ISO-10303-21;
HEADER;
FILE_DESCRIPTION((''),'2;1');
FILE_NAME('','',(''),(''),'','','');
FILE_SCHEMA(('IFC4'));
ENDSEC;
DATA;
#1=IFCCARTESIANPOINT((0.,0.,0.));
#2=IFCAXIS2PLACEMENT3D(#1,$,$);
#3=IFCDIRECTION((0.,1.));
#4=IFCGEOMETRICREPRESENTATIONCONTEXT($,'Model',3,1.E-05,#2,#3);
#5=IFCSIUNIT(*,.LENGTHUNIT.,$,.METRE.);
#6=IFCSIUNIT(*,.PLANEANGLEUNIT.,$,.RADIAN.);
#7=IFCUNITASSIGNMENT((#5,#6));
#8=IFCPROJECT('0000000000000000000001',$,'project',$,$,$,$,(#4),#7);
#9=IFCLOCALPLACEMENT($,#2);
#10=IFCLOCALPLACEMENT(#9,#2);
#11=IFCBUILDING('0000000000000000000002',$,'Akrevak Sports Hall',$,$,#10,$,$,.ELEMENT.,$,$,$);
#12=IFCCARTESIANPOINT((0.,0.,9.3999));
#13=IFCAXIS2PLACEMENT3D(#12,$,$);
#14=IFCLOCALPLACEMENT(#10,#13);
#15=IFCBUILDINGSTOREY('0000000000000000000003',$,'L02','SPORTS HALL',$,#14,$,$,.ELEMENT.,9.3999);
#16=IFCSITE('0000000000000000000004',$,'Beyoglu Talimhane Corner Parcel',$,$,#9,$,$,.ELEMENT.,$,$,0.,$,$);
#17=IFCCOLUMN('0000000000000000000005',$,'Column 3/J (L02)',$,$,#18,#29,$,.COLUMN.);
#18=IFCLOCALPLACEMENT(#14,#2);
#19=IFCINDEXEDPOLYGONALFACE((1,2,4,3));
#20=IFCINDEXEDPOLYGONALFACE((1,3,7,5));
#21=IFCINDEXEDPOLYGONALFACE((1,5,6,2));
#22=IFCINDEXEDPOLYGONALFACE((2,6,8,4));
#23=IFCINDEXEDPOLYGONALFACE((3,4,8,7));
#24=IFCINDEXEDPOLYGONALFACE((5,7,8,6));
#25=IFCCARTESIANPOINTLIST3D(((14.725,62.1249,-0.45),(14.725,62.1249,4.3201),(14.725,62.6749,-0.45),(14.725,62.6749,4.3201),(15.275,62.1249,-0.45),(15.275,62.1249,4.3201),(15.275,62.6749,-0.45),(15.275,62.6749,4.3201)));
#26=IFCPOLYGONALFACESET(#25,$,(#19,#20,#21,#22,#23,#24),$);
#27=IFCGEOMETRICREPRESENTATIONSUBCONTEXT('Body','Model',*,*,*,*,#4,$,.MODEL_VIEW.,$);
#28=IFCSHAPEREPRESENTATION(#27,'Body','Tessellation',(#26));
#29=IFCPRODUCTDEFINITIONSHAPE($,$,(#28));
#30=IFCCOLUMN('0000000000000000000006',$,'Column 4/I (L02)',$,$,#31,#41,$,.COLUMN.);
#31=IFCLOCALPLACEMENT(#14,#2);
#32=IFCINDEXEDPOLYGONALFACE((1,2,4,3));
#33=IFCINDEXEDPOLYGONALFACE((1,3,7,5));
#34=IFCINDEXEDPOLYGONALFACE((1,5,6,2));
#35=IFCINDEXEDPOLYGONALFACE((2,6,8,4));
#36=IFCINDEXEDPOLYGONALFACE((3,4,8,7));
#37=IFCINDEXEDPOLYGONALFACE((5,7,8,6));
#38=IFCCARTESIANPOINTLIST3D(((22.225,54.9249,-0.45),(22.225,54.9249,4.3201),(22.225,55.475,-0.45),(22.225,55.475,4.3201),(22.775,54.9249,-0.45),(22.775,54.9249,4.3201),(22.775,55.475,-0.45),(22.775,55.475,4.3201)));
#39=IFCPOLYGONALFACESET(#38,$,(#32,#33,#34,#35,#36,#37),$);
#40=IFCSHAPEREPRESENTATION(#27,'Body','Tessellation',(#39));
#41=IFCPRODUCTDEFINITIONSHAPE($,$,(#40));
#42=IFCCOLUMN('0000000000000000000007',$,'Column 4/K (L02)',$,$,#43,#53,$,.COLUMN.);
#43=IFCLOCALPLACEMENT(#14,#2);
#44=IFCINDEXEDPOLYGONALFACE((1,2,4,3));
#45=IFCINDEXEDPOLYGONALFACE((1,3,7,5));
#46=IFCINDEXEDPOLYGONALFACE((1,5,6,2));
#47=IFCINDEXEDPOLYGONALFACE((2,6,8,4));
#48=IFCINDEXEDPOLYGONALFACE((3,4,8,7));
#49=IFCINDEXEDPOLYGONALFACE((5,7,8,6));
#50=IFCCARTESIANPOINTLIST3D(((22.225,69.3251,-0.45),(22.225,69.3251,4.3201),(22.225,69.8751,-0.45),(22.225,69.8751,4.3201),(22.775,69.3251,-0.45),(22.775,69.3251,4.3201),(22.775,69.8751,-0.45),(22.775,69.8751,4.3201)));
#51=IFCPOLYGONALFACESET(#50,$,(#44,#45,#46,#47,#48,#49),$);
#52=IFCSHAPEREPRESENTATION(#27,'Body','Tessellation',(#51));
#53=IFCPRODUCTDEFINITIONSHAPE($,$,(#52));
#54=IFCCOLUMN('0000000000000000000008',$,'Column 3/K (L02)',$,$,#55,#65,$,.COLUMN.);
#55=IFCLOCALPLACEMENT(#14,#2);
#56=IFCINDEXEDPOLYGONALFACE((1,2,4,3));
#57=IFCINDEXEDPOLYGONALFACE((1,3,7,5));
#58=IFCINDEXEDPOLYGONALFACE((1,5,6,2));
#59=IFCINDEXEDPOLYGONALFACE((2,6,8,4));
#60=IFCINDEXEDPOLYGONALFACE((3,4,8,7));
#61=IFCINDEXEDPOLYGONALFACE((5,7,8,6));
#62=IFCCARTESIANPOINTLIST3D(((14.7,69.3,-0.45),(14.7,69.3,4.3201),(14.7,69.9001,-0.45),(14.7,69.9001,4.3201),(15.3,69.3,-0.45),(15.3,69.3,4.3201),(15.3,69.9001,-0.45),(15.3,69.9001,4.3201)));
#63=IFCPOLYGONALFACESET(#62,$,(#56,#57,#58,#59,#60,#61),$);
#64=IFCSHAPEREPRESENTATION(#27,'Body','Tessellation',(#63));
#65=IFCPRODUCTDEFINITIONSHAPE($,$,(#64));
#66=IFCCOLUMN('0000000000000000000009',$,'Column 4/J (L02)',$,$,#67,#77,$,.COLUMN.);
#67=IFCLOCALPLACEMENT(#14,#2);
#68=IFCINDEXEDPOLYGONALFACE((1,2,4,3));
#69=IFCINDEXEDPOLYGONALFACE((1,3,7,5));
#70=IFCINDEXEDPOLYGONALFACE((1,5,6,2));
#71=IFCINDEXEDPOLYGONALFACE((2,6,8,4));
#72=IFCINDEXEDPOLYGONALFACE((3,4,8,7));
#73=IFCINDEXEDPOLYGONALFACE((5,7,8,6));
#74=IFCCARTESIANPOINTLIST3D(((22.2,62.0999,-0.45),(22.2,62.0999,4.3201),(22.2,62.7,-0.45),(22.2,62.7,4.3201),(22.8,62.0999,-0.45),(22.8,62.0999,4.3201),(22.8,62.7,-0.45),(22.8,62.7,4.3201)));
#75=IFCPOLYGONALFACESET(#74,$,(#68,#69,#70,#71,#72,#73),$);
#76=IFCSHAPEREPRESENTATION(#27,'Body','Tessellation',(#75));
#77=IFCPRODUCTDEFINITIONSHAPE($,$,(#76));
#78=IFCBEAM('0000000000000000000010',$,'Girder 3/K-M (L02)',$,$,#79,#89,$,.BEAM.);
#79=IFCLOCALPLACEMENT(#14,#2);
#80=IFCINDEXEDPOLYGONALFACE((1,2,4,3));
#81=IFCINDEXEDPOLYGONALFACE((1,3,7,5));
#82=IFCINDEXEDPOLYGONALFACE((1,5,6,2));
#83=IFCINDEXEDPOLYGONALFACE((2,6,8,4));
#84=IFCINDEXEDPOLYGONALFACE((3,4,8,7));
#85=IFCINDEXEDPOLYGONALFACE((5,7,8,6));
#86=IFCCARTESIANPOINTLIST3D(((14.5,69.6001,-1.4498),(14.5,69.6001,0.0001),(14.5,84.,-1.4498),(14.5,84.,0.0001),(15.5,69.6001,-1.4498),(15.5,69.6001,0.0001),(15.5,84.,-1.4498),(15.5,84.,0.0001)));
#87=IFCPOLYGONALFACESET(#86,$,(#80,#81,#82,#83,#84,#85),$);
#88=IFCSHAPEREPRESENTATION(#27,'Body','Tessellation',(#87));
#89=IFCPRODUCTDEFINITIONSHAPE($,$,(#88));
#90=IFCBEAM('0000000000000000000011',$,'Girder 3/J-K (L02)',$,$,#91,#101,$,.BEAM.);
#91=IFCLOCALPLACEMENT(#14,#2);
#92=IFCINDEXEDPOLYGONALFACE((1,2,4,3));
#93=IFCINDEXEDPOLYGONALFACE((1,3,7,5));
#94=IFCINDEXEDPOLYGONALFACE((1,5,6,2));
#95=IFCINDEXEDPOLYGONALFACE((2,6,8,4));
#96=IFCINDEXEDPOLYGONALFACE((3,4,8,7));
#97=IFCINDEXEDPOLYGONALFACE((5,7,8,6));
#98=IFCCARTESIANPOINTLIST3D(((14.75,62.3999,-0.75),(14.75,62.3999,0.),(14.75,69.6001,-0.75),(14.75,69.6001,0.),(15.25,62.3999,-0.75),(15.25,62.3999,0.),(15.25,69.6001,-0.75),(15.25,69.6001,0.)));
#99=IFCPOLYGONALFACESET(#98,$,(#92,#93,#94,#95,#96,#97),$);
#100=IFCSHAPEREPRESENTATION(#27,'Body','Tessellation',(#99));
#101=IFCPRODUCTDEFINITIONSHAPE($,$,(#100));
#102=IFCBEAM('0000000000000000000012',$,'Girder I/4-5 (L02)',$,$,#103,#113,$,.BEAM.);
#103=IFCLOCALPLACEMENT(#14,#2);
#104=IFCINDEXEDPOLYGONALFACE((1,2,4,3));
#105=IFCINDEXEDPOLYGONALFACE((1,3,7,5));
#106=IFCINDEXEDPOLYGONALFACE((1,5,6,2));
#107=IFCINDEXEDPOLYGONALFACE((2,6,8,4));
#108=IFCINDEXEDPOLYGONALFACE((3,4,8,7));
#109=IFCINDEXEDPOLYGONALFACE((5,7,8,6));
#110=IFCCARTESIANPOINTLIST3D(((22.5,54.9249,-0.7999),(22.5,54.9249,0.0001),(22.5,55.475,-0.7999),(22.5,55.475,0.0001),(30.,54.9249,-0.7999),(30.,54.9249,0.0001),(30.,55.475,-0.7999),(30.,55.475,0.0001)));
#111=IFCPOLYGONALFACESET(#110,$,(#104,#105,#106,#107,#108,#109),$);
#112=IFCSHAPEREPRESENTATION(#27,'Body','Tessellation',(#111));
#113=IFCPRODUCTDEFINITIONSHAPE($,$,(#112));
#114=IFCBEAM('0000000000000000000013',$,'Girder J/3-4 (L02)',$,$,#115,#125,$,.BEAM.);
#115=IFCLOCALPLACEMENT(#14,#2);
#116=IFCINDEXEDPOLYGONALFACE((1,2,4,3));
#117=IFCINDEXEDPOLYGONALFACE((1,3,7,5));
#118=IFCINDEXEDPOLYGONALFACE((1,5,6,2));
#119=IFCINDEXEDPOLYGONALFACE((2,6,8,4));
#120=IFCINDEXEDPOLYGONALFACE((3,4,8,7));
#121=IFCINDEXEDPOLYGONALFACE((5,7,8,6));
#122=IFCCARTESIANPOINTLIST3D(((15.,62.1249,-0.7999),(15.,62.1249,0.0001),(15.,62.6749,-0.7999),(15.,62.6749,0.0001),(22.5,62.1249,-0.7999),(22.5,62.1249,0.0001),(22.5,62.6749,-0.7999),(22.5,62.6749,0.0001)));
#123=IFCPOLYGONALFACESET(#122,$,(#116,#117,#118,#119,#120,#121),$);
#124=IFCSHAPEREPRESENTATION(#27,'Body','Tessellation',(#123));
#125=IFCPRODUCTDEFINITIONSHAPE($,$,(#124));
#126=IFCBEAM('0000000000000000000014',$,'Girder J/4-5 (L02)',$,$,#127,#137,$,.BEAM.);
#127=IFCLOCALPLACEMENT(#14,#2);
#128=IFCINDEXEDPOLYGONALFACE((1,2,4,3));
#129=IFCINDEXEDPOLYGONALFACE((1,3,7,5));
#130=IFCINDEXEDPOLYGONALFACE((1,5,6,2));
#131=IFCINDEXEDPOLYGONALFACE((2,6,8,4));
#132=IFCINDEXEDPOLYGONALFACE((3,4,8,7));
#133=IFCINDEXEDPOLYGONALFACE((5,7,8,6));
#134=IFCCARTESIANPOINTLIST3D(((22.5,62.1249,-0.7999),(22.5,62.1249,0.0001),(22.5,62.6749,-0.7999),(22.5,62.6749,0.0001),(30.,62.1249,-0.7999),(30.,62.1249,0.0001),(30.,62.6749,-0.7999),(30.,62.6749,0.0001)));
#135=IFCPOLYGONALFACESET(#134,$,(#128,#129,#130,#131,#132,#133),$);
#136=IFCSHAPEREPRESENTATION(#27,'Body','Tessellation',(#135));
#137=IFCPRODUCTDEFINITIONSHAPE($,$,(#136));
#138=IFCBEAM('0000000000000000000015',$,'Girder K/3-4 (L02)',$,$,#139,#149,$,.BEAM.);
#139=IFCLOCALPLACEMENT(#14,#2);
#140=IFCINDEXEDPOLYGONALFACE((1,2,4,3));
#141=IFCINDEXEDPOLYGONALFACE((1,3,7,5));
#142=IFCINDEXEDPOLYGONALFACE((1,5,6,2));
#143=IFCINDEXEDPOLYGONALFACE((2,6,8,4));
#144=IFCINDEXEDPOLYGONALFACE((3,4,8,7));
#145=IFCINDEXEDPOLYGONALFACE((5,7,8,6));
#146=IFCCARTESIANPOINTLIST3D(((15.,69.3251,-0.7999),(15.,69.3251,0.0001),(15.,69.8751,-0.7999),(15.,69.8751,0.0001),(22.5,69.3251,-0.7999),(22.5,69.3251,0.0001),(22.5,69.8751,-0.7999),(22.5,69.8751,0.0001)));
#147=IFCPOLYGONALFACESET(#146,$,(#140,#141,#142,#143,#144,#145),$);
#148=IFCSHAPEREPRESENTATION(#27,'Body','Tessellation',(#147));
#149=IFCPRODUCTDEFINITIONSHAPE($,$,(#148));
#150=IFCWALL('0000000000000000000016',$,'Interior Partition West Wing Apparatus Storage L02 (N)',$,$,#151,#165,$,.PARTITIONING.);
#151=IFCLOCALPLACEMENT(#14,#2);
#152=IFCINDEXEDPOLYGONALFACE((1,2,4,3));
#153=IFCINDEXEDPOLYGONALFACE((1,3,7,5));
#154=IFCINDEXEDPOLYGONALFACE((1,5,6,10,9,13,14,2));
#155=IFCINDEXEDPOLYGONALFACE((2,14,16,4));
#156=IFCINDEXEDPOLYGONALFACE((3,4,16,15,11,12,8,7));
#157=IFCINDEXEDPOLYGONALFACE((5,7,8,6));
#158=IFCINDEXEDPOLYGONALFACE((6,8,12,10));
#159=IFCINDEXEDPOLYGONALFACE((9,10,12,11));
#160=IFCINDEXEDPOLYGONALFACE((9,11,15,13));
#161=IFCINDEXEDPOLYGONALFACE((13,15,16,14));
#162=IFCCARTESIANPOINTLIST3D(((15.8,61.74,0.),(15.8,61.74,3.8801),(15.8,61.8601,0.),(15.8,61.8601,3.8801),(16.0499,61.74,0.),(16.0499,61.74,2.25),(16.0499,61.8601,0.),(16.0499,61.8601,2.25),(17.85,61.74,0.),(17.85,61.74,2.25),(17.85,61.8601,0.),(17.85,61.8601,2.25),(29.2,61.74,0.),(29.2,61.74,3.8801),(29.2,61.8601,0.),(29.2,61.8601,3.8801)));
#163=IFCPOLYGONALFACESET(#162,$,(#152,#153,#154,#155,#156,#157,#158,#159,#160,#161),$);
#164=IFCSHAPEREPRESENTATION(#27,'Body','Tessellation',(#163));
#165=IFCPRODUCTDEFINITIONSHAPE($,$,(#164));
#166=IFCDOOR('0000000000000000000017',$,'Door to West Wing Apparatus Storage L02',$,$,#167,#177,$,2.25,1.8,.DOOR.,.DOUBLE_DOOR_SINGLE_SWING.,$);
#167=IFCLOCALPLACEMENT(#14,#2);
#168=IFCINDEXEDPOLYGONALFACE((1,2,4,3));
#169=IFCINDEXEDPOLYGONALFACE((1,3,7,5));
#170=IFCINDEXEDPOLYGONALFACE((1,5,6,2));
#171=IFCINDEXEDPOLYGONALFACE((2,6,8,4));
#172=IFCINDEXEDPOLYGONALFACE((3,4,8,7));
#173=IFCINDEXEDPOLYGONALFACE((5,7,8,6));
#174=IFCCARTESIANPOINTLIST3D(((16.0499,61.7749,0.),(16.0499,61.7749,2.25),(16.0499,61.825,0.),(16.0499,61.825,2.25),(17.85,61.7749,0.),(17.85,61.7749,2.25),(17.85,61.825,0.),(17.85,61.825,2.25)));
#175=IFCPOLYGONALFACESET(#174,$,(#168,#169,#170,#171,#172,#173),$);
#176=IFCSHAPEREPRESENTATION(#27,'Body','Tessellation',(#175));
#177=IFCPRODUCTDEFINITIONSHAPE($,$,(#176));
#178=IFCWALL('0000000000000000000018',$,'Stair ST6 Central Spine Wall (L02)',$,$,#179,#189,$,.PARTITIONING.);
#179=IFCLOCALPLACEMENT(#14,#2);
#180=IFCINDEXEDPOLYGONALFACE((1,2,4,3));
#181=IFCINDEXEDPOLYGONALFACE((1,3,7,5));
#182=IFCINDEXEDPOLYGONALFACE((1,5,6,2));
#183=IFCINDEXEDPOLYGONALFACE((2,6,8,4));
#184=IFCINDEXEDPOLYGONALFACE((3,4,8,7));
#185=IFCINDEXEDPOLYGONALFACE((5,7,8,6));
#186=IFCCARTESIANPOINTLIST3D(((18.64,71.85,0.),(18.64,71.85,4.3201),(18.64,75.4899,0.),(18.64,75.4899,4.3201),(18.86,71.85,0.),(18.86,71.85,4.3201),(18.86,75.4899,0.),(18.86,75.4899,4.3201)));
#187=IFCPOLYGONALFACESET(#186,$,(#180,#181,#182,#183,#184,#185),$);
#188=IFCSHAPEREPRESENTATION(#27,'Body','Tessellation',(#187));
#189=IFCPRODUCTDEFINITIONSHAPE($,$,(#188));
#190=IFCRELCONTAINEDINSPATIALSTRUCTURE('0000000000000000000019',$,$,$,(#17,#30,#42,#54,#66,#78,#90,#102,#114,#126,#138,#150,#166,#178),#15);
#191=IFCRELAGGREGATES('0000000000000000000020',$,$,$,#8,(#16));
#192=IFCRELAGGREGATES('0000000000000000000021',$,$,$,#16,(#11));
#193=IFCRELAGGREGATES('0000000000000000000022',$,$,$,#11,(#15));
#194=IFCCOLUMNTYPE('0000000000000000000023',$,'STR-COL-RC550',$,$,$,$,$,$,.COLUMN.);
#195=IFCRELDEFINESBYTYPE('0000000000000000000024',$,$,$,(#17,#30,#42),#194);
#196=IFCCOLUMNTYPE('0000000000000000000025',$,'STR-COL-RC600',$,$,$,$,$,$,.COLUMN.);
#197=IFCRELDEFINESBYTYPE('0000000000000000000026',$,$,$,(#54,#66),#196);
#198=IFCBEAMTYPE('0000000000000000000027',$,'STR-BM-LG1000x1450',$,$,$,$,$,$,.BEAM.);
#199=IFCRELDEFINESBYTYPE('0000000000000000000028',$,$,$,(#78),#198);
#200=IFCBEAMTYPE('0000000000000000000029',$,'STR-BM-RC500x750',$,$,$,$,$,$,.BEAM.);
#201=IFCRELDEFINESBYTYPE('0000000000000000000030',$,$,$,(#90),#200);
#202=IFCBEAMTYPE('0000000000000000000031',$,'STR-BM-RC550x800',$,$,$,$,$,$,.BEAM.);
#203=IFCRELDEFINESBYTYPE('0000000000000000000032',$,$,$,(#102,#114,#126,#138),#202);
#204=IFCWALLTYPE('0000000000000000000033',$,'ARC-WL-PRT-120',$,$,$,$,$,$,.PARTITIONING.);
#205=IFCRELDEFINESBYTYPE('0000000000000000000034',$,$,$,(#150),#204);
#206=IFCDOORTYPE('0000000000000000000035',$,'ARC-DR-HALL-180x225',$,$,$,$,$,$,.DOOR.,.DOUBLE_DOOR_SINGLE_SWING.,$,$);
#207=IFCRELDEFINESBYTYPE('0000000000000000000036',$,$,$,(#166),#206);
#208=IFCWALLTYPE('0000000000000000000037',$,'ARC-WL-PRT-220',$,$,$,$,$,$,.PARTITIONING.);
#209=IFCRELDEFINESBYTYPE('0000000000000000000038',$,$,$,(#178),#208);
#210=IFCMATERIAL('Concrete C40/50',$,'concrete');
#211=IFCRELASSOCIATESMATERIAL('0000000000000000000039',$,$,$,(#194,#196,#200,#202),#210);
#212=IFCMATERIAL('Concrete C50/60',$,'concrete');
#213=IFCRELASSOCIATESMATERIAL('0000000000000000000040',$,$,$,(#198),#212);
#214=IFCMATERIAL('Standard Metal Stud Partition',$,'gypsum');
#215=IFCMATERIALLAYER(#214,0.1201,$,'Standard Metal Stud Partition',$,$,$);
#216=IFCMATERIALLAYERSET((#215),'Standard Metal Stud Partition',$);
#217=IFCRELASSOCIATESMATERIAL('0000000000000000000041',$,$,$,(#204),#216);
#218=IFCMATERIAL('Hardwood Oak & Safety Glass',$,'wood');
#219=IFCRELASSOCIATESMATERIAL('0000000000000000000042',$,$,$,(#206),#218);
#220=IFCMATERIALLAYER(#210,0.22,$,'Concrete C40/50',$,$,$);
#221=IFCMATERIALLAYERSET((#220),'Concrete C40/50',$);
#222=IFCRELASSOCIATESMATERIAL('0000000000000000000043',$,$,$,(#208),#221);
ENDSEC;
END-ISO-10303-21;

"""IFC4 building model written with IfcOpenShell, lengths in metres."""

from ifc_helpers import new_model, si_unit, direction, frame, frame_2d, origin, origin_2d, place, context, subcontext, project, spatial, rectangle, extrude, material, layer, layer_set, material_profile, profile_set, type_object, element, fill, save


model = new_model("IFC4")

# Units and contexts
model_context = context("Model", 3, precision=1e-05, world=origin(), true_north=direction((0.0, 1.0)))
body_context = subcontext(model_context, "Body", "Model", "MODEL_VIEW")
ifc_project = project(units=[si_unit("LENGTHUNIT", "METRE"), si_unit("PLANEANGLEUNIT", "RADIAN")], contexts=[model_context])

# Site, building, storey
site_placement = place(None, origin())
site = spatial("IfcSite", under=ifc_project, at=site_placement, Name="Beyoglu Talimhane Corner Parcel", CompositionType="ELEMENT", RefElevation=0.0)
building_placement = place(site_placement, origin())
building = spatial("IfcBuilding", under=site, at=building_placement, Name="Akrevak Sports Hall", CompositionType="ELEMENT")
storey_placement = place(building_placement, frame((0.0, 0.0, 9.3999)))
storey = spatial("IfcBuildingStorey", under=building, at=storey_placement, Name="L02", Description="SPORTS HALL", CompositionType="ELEMENT", Elevation=9.3999)

# Columns
ifc_material_1 = material(Name="Concrete C40/50", Category="concrete")
ifc_material_profile_1 = material_profile(ifc_material_1, rectangle(XDim=0.55, YDim=0.55, at=origin_2d()), Name="RC 550x550", Category="concrete")
ifc_profile_set_1 = profile_set([ifc_material_profile_1], Name="Concrete C40/50")
column_type_1 = type_object("IfcColumnType", Name="STR-COL-RC550", PredefinedType="COLUMN", material=ifc_profile_set_1)
for number, where, z_axis, x_axis, name in (
    (1, (15.0, 62.3999, -0.45), (0.0, 0.0, 1.0), (1.0, 0.0, 0.0), "Column 3/J (L02)"),
    (2, (22.5, 55.2, -0.45), (0.0, 0.0, 1.0), (1.0, 0.0, 0.0), "Column 4/I (L02)"),
    (3, (22.5, 69.6001, -0.45), (0.0, 0.0, 1.0), (1.0, 0.0, 0.0), "Column 4/K (L02)"),
):
    element("IfcColumn", number, at=place(storey_placement, frame(where, z_axis=z_axis, x_axis=x_axis)), inside=storey, type_object=column_type_1, Name=name, PredefinedType="COLUMN", context=body_context, shape_type="SweptSolid", body=[
        extrude(rectangle(XDim=0.55, YDim=0.55, at=origin_2d()), origin(), (0.0, 0.0, 1.0), 4.77),
    ])
ifc_material_profile_2 = material_profile(ifc_material_1, rectangle(XDim=0.6001, YDim=0.6001, at=origin_2d()), Name="RC 600x600", Category="concrete")
ifc_profile_set_2 = profile_set([ifc_material_profile_2], Name="Concrete C40/50")
column_type_2 = type_object("IfcColumnType", Name="STR-COL-RC600", PredefinedType="COLUMN", material=ifc_profile_set_2)
for number, where, z_axis, x_axis, name in (
    (4, (15.0, 69.6001, -0.45), (0.0, 0.0, 1.0), (1.0, 0.0, 0.0), "Column 3/K (L02)"),
    (5, (22.5, 62.3999, -0.45), (0.0, 0.0, 1.0), (1.0, 0.0, 0.0), "Column 4/J (L02)"),
):
    element("IfcColumn", number, at=place(storey_placement, frame(where, z_axis=z_axis, x_axis=x_axis)), inside=storey, type_object=column_type_2, Name=name, PredefinedType="COLUMN", context=body_context, shape_type="SweptSolid", body=[
        extrude(rectangle(XDim=0.6001, YDim=0.6001, at=origin_2d()), origin(), (0.0, 0.0, 1.0), 4.77),
    ])

# Beams
ifc_material_2 = material(Name="Concrete C50/60", Category="concrete")
ifc_material_profile_3 = material_profile(ifc_material_2, rectangle(XDim=1.0, YDim=1.45, at=origin_2d()), Name="BM 1000x1450", Category="concrete")
ifc_profile_set_3 = profile_set([ifc_material_profile_3], Name="Concrete C50/60")
beam_type_1 = type_object("IfcBeamType", Name="STR-BM-LG1000x1450", PredefinedType="BEAM", material=ifc_profile_set_3)
beam_1_placement = place(storey_placement, frame((15.0, 69.6001, -0.7249), z_axis=(0.0, 1.0, 0.0), x_axis=(-1.0, 0.0, 0.0)))
element("IfcBeam", 6, at=beam_1_placement, inside=storey, type_object=beam_type_1, Name="Girder 3/K-M (L02)", PredefinedType="BEAM", context=body_context, shape_type="SweptSolid", body=[
    extrude(rectangle(XDim=1.0, YDim=1.45, at=origin_2d()), origin(), (0.0, 0.0, 1.0), 14.3999),
])
ifc_material_profile_4 = material_profile(ifc_material_1, rectangle(XDim=0.5, YDim=0.75, at=origin_2d()), Name="BM 500x750", Category="concrete")
ifc_profile_set_4 = profile_set([ifc_material_profile_4], Name="Concrete C40/50")
beam_type_2 = type_object("IfcBeamType", Name="STR-BM-RC500x750", PredefinedType="BEAM", material=ifc_profile_set_4)
beam_2_placement = place(storey_placement, frame((15.0, 62.3999, -0.375), z_axis=(0.0, 1.0, 0.0), x_axis=(-1.0, 0.0, 0.0)))
element("IfcBeam", 7, at=beam_2_placement, inside=storey, type_object=beam_type_2, Name="Girder 3/J-K (L02)", PredefinedType="BEAM", context=body_context, shape_type="SweptSolid", body=[
    extrude(rectangle(XDim=0.5, YDim=0.75, at=origin_2d()), origin(), (0.0, 0.0, 1.0), 7.2002),
])
ifc_material_profile_5 = material_profile(ifc_material_1, rectangle(XDim=0.55, YDim=0.8, at=origin_2d()), Name="BM 550x800", Category="concrete")
ifc_profile_set_5 = profile_set([ifc_material_profile_5], Name="Concrete C40/50")
beam_type_3 = type_object("IfcBeamType", Name="STR-BM-RC550x800", PredefinedType="BEAM", material=ifc_profile_set_5)
for number, where, z_axis, x_axis, name in (
    (8, (22.5, 55.2, -0.3999), (1.0, 0.0, 0.0), (0.0, 1.0, 0.0), "Girder I/4-5 (L02)"),
    (9, (15.0, 62.3999, -0.3999), (1.0, 0.0, 0.0), (0.0, 1.0, 0.0), "Girder J/3-4 (L02)"),
    (10, (22.5, 62.3999, -0.3999), (1.0, 0.0, 0.0), (0.0, 1.0, 0.0), "Girder J/4-5 (L02)"),
    (11, (15.0, 69.6001, -0.3999), (1.0, 0.0, 0.0), (0.0, 1.0, 0.0), "Girder K/3-4 (L02)"),
):
    element("IfcBeam", number, at=place(storey_placement, frame(where, z_axis=z_axis, x_axis=x_axis)), inside=storey, type_object=beam_type_3, Name=name, PredefinedType="BEAM", context=body_context, shape_type="SweptSolid", body=[
        extrude(rectangle(XDim=0.55, YDim=0.8, at=origin_2d()), origin(), (0.0, 0.0, 1.0), 7.5),
    ])

# Wall, opening, door
ifc_material_3 = material(Name="Standard Metal Stud Partition", Category="gypsum")
ifc_layer_1 = layer(ifc_material_3, 0.1201, Name="Standard Metal Stud Partition")
ifc_layer_set_1 = layer_set([ifc_layer_1], Name="Standard Metal Stud Partition")
wall_type_1 = type_object("IfcWallType", Name="ARC-WL-PRT-120", PredefinedType="PARTITIONING", material=ifc_layer_set_1)
wall_1_placement = place(storey_placement, frame((15.8, 61.8, 0.0), z_axis=(0.0, 0.0, 1.0), x_axis=(1.0, 0.0, 0.0)))
wall_1 = element("IfcWall", 12, at=wall_1_placement, inside=storey, type_object=wall_type_1, Name="Interior Partition West Wing Apparatus Storage L02 (N)", PredefinedType="PARTITIONING", context=body_context, shape_type="SweptSolid", body=[
    extrude(rectangle(XDim=13.3999, YDim=0.1201, at=frame_2d((6.7, 0.0))), origin(), (0.0, 0.0, 1.0), 3.8801),
])
opening_1_placement = place(wall_1_placement, frame((0.25, 0.0, 0.0)))
opening_1 = element("IfcOpeningElement", 13, at=opening_1_placement, cuts=wall_1, PredefinedType="OPENING", context=body_context, shape_type="SweptSolid", body=[
    extrude(rectangle(XDim=1.8, YDim=2.25, at=frame_2d((0.8999, 1.125))), frame((0.0, 0.072, 0.0), z_axis=(0.0, -1.0, 0.0), x_axis=(1.0, 0.0, 0.0)), (0.0, 0.0, 1.0), 0.144),
])
ifc_material_4 = material(Name="Hardwood Oak & Safety Glass", Category="wood")
door_type_1 = type_object("IfcDoorType", Name="ARC-DR-HALL-180x225", OperationType="DOUBLE_DOOR_SINGLE_SWING", PredefinedType="DOOR", material=ifc_material_4)
door_1_placement = place(opening_1_placement, origin())
door_1 = element("IfcDoor", 14, at=door_1_placement, inside=storey, type_object=door_type_1, Name="Door to West Wing Apparatus Storage L02", OperationType="DOUBLE_DOOR_SINGLE_SWING", OverallHeight=2.25, OverallWidth=1.8, PredefinedType="DOOR", context=body_context, shape_type="SweptSolid", body=[
    extrude(rectangle(XDim=1.8, YDim=2.25, at=frame_2d((0.8999, 1.125))), frame((0.0, 0.0249, 0.0), z_axis=(0.0, -1.0, 0.0), x_axis=(1.0, 0.0, 0.0)), (0.0, 0.0, 1.0), 0.05),
])
fill(opening_1, door_1)

# Wall
ifc_layer_2 = layer(ifc_material_1, 0.22, Name="Concrete C40/50")
ifc_layer_set_2 = layer_set([ifc_layer_2], Name="Concrete C40/50")
wall_type_2 = type_object("IfcWallType", Name="ARC-WL-PRT-220", PredefinedType="PARTITIONING", material=ifc_layer_set_2)
wall_2_placement = place(storey_placement, frame((18.75, 71.8501, 0.0), z_axis=(0.0, 0.0, 1.0), x_axis=(0.0, 1.0, 0.0)))
element("IfcWall", 15, at=wall_2_placement, inside=storey, type_object=wall_type_2, Name="Stair ST6 Central Spine Wall (L02)", PredefinedType="PARTITIONING", context=body_context, shape_type="SweptSolid", body=[
    extrude(rectangle(XDim=3.6399, YDim=0.22, at=frame_2d((1.8198, 0.0))), origin(), (0.0, 0.0, 1.0), 4.3201),
])

save(model, "model.ifc")
